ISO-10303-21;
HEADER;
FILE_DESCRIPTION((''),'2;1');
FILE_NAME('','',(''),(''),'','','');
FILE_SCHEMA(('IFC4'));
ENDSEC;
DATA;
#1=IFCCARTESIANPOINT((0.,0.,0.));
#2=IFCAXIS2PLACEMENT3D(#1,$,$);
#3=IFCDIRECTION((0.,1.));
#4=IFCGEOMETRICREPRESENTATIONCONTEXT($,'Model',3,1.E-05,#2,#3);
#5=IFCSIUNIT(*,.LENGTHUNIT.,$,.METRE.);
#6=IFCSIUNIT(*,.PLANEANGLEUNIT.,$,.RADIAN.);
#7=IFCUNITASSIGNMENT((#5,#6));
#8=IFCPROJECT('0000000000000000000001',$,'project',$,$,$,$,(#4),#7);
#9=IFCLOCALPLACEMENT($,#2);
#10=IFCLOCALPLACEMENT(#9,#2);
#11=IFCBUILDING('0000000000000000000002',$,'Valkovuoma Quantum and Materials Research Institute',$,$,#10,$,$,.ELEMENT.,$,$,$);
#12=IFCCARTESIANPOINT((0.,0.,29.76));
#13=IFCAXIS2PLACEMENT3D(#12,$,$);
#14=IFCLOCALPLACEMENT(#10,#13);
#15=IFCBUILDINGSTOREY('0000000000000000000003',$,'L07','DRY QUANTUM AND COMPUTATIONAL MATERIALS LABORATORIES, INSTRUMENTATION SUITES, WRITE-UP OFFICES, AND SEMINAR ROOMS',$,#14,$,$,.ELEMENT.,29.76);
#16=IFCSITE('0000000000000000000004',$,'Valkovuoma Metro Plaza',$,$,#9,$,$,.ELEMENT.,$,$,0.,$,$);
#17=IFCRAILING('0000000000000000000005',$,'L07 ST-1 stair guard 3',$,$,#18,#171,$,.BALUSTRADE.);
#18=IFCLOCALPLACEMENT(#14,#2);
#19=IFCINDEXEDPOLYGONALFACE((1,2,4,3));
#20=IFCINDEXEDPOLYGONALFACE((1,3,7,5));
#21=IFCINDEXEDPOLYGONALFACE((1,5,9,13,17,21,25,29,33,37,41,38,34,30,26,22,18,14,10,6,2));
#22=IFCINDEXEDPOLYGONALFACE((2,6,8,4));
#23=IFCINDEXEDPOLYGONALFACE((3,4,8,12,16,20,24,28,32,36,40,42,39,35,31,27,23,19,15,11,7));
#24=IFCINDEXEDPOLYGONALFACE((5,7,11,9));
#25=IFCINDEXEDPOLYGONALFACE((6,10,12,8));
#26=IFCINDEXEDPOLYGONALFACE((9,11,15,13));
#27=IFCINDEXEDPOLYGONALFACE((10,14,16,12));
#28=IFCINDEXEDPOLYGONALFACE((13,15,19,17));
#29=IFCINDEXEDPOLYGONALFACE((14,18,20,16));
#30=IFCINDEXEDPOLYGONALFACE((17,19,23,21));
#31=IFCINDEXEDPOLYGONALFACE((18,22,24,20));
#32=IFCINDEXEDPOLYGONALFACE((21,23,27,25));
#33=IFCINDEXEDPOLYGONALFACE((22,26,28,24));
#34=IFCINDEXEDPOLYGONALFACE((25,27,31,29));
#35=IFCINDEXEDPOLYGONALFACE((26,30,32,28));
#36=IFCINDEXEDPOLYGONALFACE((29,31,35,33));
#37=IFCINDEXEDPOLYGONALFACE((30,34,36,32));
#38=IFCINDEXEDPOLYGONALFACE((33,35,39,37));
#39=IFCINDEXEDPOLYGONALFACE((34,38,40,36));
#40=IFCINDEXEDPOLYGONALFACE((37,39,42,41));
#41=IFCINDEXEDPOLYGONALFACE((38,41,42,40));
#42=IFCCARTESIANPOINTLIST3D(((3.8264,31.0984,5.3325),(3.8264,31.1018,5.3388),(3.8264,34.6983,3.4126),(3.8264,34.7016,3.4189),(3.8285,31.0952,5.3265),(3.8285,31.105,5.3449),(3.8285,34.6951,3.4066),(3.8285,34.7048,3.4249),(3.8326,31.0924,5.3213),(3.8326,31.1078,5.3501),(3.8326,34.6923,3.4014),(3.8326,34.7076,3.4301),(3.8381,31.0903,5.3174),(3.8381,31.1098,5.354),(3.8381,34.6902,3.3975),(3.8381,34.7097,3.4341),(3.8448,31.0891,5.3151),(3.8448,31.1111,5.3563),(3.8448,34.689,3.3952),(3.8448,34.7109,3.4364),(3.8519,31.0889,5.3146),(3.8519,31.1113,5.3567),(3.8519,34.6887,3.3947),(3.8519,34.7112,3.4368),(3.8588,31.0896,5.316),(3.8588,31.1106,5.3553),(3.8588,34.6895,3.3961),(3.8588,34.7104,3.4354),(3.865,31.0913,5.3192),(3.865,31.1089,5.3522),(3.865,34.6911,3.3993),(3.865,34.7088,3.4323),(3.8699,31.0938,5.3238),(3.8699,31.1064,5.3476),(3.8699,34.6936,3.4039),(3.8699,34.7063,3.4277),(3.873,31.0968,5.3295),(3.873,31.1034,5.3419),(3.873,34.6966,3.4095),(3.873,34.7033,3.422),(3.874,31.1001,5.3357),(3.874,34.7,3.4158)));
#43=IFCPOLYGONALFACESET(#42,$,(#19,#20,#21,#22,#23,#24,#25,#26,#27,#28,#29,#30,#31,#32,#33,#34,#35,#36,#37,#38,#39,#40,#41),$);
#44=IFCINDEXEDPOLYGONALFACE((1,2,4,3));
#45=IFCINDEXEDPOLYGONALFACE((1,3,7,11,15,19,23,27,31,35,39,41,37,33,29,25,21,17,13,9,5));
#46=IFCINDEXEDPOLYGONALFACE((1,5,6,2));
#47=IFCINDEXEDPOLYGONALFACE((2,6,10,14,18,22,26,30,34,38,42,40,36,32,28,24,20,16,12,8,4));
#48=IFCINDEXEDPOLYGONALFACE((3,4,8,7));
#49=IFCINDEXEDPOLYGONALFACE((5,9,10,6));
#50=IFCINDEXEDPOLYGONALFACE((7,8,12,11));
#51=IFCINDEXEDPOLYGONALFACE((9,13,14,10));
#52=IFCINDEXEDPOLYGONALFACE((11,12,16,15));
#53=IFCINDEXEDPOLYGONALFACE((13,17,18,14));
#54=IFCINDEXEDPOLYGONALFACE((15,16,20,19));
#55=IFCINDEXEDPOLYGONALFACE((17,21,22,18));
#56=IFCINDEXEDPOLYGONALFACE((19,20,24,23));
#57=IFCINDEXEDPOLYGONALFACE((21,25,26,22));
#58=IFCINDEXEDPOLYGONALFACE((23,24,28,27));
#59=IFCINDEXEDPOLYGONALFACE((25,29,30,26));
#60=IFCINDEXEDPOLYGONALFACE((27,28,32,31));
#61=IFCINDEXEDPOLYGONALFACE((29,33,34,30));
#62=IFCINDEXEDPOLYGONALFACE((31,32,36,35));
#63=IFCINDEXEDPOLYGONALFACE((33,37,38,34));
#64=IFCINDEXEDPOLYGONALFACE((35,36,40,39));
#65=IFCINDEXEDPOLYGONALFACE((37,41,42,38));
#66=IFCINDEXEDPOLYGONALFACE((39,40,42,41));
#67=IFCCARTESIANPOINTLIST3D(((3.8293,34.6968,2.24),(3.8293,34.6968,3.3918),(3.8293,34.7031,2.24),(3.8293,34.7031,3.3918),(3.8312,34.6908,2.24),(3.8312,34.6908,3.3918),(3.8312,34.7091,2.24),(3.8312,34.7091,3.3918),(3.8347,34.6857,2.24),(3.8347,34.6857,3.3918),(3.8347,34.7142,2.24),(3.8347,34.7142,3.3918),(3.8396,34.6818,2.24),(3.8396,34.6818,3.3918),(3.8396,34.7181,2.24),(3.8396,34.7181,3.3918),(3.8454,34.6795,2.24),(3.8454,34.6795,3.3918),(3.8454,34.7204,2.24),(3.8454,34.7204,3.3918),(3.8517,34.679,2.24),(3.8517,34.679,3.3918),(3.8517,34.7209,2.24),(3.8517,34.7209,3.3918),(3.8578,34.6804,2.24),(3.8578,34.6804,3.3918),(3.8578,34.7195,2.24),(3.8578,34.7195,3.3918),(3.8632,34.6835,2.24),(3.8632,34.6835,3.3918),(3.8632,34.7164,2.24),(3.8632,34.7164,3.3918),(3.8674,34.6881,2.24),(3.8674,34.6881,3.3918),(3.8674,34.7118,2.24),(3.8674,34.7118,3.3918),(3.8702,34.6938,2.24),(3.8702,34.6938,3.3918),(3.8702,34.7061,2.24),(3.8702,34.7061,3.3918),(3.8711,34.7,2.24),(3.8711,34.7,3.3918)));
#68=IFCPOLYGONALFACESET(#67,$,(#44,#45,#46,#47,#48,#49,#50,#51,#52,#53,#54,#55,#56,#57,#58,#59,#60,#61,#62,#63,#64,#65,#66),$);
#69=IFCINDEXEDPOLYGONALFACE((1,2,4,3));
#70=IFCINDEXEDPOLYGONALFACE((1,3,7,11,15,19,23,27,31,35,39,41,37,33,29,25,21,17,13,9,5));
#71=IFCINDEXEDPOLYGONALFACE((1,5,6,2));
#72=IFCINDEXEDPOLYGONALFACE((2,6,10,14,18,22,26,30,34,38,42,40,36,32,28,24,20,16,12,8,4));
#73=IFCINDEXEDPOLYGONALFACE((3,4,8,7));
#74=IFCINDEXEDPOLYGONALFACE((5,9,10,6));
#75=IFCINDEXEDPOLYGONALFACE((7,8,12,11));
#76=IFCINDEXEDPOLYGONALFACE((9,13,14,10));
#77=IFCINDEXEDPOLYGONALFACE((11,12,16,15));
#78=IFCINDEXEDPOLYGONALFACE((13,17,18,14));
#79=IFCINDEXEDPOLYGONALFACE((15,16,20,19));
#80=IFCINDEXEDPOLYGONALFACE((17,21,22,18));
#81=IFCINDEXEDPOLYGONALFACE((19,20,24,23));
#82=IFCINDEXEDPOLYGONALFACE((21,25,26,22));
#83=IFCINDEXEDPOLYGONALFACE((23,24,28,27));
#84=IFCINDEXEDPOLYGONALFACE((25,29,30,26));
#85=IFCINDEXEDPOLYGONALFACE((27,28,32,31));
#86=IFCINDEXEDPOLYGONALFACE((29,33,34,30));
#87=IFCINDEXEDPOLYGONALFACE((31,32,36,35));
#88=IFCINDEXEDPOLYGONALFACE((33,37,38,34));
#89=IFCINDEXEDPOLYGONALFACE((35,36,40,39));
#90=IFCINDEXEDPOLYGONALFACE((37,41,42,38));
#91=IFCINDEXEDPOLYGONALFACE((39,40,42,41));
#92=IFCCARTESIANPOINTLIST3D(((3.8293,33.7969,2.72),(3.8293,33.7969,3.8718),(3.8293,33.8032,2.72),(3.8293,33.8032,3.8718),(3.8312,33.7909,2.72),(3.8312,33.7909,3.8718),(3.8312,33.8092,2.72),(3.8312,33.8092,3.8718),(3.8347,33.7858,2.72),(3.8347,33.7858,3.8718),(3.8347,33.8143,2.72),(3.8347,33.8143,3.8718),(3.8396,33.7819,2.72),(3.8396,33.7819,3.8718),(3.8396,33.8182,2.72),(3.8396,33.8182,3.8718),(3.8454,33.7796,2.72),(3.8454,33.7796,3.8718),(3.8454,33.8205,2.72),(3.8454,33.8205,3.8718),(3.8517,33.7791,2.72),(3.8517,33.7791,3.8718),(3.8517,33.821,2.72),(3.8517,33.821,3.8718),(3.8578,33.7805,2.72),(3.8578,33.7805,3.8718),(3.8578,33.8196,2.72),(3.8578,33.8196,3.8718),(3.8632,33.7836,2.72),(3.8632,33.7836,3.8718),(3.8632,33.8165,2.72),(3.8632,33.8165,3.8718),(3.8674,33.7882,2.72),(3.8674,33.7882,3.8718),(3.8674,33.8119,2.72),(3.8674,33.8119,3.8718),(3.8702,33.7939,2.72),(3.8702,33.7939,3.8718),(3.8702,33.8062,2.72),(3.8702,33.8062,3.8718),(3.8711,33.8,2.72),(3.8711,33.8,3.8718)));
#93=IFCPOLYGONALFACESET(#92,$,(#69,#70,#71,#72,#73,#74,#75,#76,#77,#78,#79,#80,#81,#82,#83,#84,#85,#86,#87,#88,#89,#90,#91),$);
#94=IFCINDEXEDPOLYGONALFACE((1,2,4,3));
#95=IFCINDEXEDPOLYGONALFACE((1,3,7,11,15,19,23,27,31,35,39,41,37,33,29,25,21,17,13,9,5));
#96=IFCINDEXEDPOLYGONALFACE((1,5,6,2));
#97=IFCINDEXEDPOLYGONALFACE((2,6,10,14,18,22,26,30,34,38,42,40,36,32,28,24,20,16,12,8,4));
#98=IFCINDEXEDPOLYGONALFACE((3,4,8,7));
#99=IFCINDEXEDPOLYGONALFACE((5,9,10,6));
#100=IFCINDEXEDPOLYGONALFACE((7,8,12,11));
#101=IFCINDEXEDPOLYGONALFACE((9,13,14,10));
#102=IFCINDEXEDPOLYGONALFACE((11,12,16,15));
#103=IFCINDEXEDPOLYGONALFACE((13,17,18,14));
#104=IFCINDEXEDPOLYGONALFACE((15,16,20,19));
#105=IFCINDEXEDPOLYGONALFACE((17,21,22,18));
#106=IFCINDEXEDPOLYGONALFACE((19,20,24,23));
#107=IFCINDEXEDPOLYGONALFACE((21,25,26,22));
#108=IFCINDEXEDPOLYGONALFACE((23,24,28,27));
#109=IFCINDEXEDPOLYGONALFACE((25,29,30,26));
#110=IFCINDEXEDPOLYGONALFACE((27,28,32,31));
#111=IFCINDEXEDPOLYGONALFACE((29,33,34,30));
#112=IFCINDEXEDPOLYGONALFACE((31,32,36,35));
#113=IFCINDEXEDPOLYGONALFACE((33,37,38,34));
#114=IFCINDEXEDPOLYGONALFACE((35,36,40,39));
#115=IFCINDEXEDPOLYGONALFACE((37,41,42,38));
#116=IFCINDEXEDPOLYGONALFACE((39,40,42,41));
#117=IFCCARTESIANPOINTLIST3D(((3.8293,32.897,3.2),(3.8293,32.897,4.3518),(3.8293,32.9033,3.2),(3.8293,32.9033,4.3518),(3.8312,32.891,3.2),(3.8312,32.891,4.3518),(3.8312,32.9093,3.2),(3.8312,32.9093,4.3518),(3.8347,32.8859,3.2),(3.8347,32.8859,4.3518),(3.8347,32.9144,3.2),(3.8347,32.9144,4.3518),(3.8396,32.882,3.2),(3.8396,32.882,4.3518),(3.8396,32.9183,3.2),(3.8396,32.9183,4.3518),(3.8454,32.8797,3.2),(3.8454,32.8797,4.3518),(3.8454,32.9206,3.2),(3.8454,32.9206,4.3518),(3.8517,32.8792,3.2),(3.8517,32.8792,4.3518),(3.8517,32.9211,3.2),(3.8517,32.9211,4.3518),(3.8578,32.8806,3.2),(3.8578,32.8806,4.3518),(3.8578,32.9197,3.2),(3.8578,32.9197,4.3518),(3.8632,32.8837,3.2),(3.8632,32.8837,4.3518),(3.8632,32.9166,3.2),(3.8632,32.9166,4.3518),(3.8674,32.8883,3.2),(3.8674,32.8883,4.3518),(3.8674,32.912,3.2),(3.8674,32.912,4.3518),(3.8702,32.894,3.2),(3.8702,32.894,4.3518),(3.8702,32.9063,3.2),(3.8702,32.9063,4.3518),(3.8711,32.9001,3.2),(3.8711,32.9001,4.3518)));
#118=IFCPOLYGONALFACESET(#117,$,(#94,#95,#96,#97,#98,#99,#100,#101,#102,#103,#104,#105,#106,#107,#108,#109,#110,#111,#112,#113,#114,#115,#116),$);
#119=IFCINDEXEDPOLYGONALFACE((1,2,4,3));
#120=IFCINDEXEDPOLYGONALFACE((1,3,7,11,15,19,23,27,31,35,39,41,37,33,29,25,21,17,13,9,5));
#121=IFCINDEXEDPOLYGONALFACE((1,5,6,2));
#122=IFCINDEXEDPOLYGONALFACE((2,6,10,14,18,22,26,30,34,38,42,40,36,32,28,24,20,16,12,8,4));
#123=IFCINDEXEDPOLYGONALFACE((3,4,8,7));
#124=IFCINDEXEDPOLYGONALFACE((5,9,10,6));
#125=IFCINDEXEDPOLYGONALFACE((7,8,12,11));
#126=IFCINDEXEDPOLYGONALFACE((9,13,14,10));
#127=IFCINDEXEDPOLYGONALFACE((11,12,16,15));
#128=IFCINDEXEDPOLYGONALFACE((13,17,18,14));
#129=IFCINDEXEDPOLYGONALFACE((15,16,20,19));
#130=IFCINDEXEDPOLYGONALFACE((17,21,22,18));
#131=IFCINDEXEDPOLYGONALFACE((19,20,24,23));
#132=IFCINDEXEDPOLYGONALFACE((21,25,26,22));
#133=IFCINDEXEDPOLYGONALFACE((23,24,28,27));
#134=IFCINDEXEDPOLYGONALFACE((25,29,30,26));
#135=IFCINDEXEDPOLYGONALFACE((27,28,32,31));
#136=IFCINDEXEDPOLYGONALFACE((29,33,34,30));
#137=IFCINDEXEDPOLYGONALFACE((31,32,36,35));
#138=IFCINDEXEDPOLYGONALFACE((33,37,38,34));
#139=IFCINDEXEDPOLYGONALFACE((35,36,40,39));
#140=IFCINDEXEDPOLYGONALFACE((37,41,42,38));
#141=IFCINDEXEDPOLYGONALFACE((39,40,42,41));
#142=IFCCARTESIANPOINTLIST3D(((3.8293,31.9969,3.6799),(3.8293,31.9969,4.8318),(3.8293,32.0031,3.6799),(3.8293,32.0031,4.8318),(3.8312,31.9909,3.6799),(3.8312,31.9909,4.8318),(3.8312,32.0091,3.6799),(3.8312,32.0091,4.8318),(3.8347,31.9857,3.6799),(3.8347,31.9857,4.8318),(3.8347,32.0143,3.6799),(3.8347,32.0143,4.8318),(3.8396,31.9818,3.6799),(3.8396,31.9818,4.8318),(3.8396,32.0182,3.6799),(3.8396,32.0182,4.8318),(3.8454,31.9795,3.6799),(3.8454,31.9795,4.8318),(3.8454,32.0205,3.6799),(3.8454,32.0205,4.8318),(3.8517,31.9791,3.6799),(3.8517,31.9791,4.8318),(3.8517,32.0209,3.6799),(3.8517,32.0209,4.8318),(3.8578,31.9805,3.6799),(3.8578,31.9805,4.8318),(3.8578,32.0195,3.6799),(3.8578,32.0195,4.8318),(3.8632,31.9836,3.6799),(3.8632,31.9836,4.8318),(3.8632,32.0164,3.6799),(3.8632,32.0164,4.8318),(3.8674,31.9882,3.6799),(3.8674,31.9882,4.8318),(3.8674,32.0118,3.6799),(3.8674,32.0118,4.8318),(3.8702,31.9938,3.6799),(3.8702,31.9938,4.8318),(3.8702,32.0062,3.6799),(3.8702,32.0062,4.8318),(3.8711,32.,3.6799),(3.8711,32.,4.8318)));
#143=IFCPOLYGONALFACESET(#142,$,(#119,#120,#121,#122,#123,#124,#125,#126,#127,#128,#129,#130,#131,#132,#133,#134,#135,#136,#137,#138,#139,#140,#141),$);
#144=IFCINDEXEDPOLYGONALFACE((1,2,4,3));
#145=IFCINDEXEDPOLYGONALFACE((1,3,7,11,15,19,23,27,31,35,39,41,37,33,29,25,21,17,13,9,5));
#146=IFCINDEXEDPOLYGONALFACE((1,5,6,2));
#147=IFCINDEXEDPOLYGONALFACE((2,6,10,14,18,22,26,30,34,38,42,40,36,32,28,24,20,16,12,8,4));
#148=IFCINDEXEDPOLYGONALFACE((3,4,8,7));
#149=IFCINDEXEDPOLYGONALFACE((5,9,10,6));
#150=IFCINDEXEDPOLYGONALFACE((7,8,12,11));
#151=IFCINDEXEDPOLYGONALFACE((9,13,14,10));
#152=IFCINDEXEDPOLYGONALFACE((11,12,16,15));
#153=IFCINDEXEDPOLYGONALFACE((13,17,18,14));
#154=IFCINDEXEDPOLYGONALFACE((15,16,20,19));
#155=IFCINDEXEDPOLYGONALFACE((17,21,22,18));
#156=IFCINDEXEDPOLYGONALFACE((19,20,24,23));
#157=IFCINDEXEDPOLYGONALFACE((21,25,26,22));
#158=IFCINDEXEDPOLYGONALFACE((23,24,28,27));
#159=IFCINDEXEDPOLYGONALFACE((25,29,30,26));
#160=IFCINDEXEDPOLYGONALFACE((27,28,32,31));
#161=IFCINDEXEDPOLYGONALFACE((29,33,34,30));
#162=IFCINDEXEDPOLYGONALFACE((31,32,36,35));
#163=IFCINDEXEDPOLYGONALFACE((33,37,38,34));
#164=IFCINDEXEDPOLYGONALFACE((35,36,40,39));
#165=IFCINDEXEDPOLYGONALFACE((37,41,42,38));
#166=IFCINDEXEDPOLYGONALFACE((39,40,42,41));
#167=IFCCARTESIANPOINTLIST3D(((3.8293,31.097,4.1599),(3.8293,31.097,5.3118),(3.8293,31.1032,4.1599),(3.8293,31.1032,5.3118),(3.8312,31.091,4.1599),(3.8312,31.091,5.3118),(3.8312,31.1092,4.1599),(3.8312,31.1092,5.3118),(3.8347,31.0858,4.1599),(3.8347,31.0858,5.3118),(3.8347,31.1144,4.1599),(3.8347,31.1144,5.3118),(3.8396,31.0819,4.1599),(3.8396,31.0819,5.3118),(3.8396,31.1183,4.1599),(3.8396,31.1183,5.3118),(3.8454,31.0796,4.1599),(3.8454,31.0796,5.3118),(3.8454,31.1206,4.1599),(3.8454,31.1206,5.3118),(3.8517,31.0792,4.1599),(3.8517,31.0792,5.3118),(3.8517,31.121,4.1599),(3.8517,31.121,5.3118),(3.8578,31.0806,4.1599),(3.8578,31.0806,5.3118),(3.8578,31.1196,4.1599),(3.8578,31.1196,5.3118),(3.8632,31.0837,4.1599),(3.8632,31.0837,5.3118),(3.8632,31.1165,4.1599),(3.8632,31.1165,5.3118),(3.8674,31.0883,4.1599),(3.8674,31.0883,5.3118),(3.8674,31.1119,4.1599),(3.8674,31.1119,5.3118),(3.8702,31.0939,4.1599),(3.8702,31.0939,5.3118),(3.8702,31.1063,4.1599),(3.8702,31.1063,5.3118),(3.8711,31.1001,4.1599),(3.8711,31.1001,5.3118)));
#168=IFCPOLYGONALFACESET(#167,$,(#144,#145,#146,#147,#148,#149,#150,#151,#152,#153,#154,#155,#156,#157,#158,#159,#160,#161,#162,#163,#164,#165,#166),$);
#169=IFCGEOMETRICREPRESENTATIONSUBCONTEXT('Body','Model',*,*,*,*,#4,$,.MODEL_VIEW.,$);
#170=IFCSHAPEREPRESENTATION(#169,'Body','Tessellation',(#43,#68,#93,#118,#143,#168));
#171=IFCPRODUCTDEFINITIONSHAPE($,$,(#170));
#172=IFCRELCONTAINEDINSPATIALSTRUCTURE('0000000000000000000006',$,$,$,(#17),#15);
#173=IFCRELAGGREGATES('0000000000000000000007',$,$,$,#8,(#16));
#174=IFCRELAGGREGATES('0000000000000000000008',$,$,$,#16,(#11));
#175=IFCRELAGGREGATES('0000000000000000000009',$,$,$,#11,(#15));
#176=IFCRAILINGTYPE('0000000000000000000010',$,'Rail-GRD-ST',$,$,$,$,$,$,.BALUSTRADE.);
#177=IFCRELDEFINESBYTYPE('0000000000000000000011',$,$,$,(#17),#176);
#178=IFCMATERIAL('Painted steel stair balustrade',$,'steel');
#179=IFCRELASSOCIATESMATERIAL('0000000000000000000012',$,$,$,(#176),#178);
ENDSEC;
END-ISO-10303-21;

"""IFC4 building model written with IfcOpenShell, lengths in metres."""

from ifc_helpers import new_model, si_unit, direction, frame, origin, origin_2d, place, context, subcontext, project, spatial, circle, extrude, material, type_object, element, save


model = new_model("IFC4")

# Units and contexts
model_context = context("Model", 3, precision=1e-05, world=origin(), true_north=direction((0.0, 1.0)))
body_context = subcontext(model_context, "Body", "Model", "MODEL_VIEW")
ifc_project = project(units=[si_unit("LENGTHUNIT", "METRE"), si_unit("PLANEANGLEUNIT", "RADIAN")], contexts=[model_context])

# Site, building, storey
site_placement = place(None, origin())
site = spatial("IfcSite", under=ifc_project, at=site_placement, Name="Valkovuoma Metro Plaza", CompositionType="ELEMENT", RefElevation=0.0)
building_placement = place(site_placement, origin())
building = spatial("IfcBuilding", under=site, at=building_placement, Name="Valkovuoma Quantum and Materials Research Institute", CompositionType="ELEMENT")
storey_placement = place(building_placement, frame((0.0, 0.0, 29.76)))
storey = spatial("IfcBuildingStorey", under=building, at=storey_placement, Name="L07", Description="DRY QUANTUM AND COMPUTATIONAL MATERIALS LABORATORIES, INSTRUMENTATION SUITES, WRITE-UP OFFICES, AND SEMINAR ROOMS", CompositionType="ELEMENT", Elevation=29.76)

# Railing
ifc_material_1 = material(Name="Painted steel stair balustrade", Category="steel")
railing_type_1 = type_object("IfcRailingType", Name="Rail-GRD-ST", PredefinedType="BALUSTRADE", material=ifc_material_1)
railing_1_placement = place(storey_placement, frame((3.8501, 34.7, 2.24)))
element("IfcRailing", 1, at=railing_1_placement, inside=storey, type_object=railing_type_1, Name="L07 ST-1 stair guard 3", PredefinedType="BALUSTRADE", context=body_context, shape_type="SweptSolid", body=[
    extrude(circle(Radius=0.0239, at=origin_2d()), frame((0.0, 0.0, 1.1758), z_axis=(0.0, -0.882353, 0.470588), x_axis=(1.0, 0.0, 0.0)), (0.0, 0.0, 1.0), 4.0798),
    extrude(circle(Radius=0.021, at=origin_2d()), origin(), (0.0, 0.0, 1.0), 1.1519),
    extrude(circle(Radius=0.021, at=origin_2d()), frame((0.0, -0.8999, 0.48)), (0.0, 0.0, 1.0), 1.1519),
    extrude(circle(Radius=0.021, at=origin_2d()), frame((0.0, -1.7998, 0.96)), (0.0, 0.0, 1.0), 1.1519),
    extrude(circle(Radius=0.021, at=origin_2d()), frame((0.0, -2.7, 1.4399)), (0.0, 0.0, 1.0), 1.1519),
    extrude(circle(Radius=0.021, at=origin_2d()), frame((0.0, -3.5999, 1.9199)), (0.0, 0.0, 1.0), 1.1519),
])

save(model, "model.ifc")
